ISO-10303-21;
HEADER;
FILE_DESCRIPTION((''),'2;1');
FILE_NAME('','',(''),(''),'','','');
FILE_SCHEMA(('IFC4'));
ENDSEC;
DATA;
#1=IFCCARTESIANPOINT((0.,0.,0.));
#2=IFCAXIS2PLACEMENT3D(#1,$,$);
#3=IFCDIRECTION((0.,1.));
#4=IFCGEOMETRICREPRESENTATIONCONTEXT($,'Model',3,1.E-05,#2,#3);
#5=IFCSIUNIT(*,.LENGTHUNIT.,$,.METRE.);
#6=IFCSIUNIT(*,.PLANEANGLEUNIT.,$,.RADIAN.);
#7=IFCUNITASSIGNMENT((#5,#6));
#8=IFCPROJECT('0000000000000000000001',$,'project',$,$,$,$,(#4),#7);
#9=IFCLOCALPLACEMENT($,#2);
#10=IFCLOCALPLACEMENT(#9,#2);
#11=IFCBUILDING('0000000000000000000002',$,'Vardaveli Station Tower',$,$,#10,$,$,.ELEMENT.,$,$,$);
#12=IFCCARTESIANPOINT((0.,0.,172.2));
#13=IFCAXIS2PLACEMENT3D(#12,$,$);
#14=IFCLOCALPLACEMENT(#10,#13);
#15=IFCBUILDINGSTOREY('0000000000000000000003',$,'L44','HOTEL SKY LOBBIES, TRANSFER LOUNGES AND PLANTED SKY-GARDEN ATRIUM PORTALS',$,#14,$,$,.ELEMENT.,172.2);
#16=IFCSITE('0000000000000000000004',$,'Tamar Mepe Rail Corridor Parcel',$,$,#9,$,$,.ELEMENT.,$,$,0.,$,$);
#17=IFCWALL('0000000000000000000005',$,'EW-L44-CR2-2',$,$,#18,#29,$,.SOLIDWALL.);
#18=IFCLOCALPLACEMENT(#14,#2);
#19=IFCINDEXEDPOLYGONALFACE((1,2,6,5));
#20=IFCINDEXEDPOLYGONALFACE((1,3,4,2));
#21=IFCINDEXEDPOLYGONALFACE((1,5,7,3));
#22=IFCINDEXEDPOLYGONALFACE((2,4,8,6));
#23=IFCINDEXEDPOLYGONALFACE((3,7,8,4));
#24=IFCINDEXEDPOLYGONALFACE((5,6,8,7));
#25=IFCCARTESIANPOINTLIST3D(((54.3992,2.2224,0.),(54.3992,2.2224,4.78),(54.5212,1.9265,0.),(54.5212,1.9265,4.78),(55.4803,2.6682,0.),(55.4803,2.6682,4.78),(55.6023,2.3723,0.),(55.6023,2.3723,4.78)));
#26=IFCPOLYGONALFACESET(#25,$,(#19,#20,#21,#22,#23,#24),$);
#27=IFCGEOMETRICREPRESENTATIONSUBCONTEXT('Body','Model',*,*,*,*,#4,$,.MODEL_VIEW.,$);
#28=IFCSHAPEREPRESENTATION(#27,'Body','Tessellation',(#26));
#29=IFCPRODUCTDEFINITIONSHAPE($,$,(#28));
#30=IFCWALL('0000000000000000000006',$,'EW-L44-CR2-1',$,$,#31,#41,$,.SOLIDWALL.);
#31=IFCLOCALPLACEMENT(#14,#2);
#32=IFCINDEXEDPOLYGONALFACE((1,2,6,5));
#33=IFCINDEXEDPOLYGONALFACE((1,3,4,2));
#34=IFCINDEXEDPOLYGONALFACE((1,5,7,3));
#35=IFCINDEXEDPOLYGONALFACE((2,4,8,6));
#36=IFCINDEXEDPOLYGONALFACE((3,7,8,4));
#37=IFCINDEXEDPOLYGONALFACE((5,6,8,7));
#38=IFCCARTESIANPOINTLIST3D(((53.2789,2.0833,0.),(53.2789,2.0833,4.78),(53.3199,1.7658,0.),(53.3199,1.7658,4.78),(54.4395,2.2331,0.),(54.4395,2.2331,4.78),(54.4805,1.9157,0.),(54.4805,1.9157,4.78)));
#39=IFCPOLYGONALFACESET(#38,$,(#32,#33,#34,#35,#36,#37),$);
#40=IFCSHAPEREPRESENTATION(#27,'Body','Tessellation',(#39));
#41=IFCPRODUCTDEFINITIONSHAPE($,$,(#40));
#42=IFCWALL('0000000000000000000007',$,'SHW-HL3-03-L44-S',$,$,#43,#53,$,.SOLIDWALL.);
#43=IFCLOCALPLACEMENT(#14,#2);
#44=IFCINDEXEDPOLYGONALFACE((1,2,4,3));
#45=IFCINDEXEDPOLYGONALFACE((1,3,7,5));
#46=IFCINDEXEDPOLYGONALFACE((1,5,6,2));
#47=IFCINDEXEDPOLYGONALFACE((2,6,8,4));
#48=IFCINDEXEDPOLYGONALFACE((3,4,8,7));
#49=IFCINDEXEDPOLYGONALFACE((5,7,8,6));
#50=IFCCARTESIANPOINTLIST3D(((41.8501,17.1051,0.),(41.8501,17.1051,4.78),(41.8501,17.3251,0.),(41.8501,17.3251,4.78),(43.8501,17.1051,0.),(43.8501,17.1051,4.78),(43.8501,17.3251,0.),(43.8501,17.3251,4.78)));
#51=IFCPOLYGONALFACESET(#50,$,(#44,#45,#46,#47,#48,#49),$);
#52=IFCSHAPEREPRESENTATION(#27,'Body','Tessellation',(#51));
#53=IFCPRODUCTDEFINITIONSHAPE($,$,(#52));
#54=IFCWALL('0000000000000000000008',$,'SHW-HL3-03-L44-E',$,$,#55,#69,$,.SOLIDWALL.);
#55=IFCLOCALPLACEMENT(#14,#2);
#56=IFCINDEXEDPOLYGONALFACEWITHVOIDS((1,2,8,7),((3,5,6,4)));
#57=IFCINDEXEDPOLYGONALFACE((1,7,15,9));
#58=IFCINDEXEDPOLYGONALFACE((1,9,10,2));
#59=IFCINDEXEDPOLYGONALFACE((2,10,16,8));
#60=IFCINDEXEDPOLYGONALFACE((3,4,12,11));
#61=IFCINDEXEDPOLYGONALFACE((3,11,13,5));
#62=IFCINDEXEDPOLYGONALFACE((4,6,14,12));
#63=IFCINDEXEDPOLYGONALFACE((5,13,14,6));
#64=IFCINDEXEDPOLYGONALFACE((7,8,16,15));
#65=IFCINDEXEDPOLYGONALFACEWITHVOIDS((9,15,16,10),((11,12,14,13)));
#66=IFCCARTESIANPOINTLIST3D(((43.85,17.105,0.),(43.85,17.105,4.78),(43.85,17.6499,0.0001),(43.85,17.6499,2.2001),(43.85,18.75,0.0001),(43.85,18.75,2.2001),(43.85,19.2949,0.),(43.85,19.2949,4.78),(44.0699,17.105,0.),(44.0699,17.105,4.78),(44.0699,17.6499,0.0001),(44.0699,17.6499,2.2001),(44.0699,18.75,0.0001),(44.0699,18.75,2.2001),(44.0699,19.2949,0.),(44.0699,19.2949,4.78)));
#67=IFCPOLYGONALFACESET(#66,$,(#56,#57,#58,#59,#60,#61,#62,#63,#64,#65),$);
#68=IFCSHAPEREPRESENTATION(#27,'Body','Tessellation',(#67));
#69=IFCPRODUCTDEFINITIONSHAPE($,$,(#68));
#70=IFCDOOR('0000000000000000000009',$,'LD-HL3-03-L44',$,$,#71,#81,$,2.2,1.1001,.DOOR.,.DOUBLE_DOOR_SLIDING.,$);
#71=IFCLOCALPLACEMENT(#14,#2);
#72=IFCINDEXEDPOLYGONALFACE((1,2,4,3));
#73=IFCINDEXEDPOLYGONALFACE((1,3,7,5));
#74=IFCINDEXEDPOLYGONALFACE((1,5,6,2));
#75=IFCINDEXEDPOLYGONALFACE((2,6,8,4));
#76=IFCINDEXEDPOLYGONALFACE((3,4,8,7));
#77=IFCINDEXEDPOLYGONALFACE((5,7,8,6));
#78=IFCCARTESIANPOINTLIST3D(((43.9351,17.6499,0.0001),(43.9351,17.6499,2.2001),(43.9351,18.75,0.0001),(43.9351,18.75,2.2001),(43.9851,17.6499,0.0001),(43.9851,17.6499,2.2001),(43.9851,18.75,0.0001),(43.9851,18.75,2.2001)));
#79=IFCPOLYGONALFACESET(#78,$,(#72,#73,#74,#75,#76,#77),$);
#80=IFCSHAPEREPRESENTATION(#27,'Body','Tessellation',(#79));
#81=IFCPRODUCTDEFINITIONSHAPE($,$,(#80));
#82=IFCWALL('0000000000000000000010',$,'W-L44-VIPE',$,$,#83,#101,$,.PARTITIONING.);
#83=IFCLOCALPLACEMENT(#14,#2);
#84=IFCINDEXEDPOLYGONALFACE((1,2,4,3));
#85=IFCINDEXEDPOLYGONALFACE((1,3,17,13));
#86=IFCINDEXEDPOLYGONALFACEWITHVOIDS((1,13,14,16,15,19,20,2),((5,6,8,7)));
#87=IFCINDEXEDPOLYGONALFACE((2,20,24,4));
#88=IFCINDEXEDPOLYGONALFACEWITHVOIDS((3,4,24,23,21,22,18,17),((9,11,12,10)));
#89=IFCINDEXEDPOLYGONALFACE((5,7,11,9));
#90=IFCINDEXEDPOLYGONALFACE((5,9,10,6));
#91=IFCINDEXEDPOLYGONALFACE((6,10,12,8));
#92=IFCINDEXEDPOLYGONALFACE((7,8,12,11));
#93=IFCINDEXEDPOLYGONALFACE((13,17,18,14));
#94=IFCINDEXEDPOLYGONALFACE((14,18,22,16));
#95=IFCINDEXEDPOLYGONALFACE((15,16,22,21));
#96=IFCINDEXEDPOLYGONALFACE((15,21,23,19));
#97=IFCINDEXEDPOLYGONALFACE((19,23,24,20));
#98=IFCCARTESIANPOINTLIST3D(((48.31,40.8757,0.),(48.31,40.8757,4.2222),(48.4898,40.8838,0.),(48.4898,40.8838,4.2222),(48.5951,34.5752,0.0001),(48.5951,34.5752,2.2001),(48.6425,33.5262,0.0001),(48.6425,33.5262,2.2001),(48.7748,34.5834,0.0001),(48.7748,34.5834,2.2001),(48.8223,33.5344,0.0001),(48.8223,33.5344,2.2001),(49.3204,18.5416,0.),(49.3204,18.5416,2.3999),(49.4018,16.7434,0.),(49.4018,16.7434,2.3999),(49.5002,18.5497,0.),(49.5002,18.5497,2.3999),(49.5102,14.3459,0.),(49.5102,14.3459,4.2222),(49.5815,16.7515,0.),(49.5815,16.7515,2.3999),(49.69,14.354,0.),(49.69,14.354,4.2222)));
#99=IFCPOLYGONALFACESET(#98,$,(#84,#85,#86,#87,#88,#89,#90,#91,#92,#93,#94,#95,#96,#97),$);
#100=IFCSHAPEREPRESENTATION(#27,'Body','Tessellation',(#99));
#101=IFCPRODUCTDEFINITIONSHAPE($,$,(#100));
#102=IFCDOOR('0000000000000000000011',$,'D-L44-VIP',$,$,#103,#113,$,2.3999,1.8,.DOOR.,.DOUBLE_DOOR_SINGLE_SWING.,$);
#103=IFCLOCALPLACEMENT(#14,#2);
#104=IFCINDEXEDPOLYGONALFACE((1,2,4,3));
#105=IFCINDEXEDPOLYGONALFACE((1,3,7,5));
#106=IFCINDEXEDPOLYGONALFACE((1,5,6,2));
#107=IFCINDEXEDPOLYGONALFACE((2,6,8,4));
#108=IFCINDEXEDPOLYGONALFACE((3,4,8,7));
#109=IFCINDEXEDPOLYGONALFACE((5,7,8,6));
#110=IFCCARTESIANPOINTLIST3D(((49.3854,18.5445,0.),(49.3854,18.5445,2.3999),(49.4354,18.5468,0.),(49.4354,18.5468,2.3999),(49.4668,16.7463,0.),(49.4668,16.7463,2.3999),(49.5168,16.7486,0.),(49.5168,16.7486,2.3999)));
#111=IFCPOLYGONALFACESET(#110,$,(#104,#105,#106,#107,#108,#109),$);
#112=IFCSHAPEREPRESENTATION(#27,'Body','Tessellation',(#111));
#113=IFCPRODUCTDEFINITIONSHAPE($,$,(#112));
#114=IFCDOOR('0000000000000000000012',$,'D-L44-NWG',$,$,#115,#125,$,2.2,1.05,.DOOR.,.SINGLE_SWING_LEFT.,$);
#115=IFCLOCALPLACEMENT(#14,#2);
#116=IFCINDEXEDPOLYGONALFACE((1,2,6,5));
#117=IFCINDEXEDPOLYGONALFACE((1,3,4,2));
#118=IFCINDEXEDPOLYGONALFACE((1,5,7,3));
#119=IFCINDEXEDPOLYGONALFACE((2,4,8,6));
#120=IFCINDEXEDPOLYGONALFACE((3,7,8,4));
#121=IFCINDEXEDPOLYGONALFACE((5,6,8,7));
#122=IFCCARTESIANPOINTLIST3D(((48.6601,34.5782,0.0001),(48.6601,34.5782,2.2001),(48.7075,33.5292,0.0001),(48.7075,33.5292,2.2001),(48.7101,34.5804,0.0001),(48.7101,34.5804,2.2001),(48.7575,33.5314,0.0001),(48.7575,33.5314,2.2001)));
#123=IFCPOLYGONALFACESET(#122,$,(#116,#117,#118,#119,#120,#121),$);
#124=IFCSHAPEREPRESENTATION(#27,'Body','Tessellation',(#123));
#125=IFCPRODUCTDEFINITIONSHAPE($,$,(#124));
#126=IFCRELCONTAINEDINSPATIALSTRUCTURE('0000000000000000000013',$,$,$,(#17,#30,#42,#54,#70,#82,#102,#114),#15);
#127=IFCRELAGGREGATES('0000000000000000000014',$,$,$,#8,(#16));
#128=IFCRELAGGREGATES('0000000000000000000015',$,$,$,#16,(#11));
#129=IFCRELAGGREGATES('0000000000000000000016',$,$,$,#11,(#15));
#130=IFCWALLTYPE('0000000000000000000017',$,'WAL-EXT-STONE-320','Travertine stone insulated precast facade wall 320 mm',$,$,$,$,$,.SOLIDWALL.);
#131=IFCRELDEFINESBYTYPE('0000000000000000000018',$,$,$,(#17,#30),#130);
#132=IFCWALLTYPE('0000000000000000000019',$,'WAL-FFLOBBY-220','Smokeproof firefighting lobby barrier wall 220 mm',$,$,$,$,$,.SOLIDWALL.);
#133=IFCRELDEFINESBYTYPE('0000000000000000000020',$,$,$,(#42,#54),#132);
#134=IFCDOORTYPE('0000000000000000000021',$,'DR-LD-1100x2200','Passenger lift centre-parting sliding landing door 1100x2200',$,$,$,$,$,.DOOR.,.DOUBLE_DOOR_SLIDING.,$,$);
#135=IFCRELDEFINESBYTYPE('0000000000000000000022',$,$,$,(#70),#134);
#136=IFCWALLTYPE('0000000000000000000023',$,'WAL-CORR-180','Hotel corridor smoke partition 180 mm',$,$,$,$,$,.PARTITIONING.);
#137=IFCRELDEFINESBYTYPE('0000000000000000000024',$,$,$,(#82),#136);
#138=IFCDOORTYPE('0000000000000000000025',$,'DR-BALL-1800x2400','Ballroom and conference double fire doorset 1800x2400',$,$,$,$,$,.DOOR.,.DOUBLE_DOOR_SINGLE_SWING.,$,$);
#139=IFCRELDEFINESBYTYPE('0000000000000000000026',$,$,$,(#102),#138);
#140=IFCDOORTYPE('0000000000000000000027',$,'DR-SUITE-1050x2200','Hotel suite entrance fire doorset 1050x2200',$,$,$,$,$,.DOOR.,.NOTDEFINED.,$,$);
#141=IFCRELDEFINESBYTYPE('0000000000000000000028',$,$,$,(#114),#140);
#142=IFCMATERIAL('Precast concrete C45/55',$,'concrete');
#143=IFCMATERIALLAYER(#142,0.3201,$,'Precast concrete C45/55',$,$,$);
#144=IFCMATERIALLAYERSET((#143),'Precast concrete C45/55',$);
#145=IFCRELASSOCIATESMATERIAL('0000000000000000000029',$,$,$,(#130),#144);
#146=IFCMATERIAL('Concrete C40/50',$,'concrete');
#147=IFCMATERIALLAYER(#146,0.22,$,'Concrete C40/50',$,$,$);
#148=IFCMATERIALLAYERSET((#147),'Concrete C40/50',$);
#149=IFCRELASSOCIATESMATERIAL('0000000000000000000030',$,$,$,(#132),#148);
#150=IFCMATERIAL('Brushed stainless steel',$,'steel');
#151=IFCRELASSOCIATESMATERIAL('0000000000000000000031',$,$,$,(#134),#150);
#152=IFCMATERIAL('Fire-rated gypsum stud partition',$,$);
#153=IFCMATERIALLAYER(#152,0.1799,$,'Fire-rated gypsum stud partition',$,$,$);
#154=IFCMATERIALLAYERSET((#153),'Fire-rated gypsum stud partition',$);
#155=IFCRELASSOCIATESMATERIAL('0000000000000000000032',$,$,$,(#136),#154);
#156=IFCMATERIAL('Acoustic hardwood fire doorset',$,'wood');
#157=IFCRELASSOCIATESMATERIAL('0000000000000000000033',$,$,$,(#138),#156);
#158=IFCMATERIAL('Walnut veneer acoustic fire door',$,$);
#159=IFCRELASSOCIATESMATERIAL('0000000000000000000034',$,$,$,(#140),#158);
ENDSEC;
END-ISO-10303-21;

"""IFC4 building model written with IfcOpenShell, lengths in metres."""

from ifc_helpers import new_model, si_unit, direction, frame, frame_2d, origin, place, context, subcontext, project, spatial, rectangle, extrude, source, transform, mapped, material, layer, layer_set, type_object, element, fill, save


model = new_model("IFC4")

# Units and contexts
model_context = context("Model", 3, precision=1e-05, world=origin(), true_north=direction((0.0, 1.0)))
body_context = subcontext(model_context, "Body", "Model", "MODEL_VIEW")
ifc_project = project(units=[si_unit("LENGTHUNIT", "METRE"), si_unit("PLANEANGLEUNIT", "RADIAN")], contexts=[model_context])

# Site, building, storey
site_placement = place(None, origin())
site = spatial("IfcSite", under=ifc_project, at=site_placement, Name="Tamar Mepe Rail Corridor Parcel", CompositionType="ELEMENT", RefElevation=0.0)
building_placement = place(site_placement, origin())
building = spatial("IfcBuilding", under=site, at=building_placement, Name="Vardaveli Station Tower", CompositionType="ELEMENT")
storey_placement = place(building_placement, frame((0.0, 0.0, 172.2)))
storey = spatial("IfcBuildingStorey", under=building, at=storey_placement, Name="L44", Description="HOTEL SKY LOBBIES, TRANSFER LOUNGES AND PLANTED SKY-GARDEN ATRIUM PORTALS", CompositionType="ELEMENT", Elevation=172.2)

# Shared definitions
ifc_material_1 = material(Name="Precast concrete C45/55", Category="concrete")
ifc_layer_1 = layer(ifc_material_1, 0.3201, Name="Precast concrete C45/55")
ifc_layer_set_1 = layer_set([ifc_layer_1], Name="Precast concrete C45/55")
wall_type_1 = type_object("IfcWallType", Name="WAL-EXT-STONE-320", Description="Travertine stone insulated precast facade wall 320 mm", PredefinedType="SOLIDWALL", material=ifc_layer_set_1)

# Walls
shared_shape_1 = source(origin(), body_context, "Body", "SweptSolid", [
    extrude(rectangle(XDim=1.1694, YDim=0.3201, at=frame_2d((0.5847, 0.0))), origin(), (0.0, 0.0, 1.0), 4.78),
])
wall_1_placement = place(storey_placement, frame((54.4602, 2.0745, 0.0), z_axis=(0.0, 0.0, 1.0), x_axis=(0.924479, 0.381233, 0.0)))
element("IfcWall", 1, at=wall_1_placement, inside=storey, type_object=wall_type_1, Name="EW-L44-CR2-2", PredefinedType="SOLIDWALL", context=body_context, shape_type="MappedRepresentation", body=[
    mapped(shared_shape_1, transform((0.0, 0.0, 0.0), scale=1.0)),
])
shared_shape_2 = source(origin(), body_context, "Body", "SweptSolid", [
    extrude(rectangle(XDim=1.1702, YDim=0.3201, at=frame_2d((0.585, 0.0))), origin(), (0.0, 0.0, 1.0), 4.78),
])
wall_2_placement = place(storey_placement, frame((53.2996, 1.9246, 0.0), z_axis=(0.0, 0.0, 1.0), x_axis=(0.991762, 0.12809, 0.0)))
element("IfcWall", 2, at=wall_2_placement, inside=storey, type_object=wall_type_1, Name="EW-L44-CR2-1", PredefinedType="SOLIDWALL", context=body_context, shape_type="MappedRepresentation", body=[
    mapped(shared_shape_2, transform((0.0, 0.0, 0.0), scale=1.0)),
])
ifc_material_2 = material(Name="Concrete C40/50", Category="concrete")
ifc_layer_2 = layer(ifc_material_2, 0.22, Name="Concrete C40/50")
ifc_layer_set_2 = layer_set([ifc_layer_2], Name="Concrete C40/50")
wall_type_2 = type_object("IfcWallType", Name="WAL-FFLOBBY-220", Description="Smokeproof firefighting lobby barrier wall 220 mm", PredefinedType="SOLIDWALL", material=ifc_layer_set_2)
shared_shape_3 = source(origin(), body_context, "Body", "SweptSolid", [
    extrude(rectangle(XDim=2.0, YDim=0.22, at=frame_2d((1.0, 0.0))), origin(), (0.0, 0.0, 1.0), 4.78),
])
wall_3_placement = place(storey_placement, frame((41.8501, 17.2151, 0.0), z_axis=(0.0, 0.0, 1.0), x_axis=(1.0, 0.0, 0.0)))
element("IfcWall", 3, at=wall_3_placement, inside=storey, type_object=wall_type_2, Name="SHW-HL3-03-L44-S", PredefinedType="SOLIDWALL", context=body_context, shape_type="MappedRepresentation", body=[
    mapped(shared_shape_3, transform((0.0, 0.0, 0.0), scale=1.0)),
])

# Wall, opening, door
shared_shape_4 = source(origin(), body_context, "Body", "SweptSolid", [
    extrude(rectangle(XDim=2.1899, YDim=0.22, at=frame_2d((1.095, 0.0))), origin(), (0.0, 0.0, 1.0), 4.78),
])
wall_4_placement = place(storey_placement, frame((43.96, 17.105, 0.0), z_axis=(0.0, 0.0, 1.0), x_axis=(0.0, 1.0, 0.0)))
wall_4 = element("IfcWall", 4, at=wall_4_placement, inside=storey, type_object=wall_type_2, Name="SHW-HL3-03-L44-E", PredefinedType="SOLIDWALL", context=body_context, shape_type="MappedRepresentation", body=[
    mapped(shared_shape_4, transform((0.0, 0.0, 0.0), scale=1.0)),
])
shared_shape_5 = source(origin(), body_context, "Body", "SweptSolid", [
    extrude(rectangle(XDim=1.1001, YDim=2.2, at=frame_2d((0.55, 1.1001))), frame((0.0, 0.1201, 0.0), z_axis=(0.0, -1.0, 0.0), x_axis=(1.0, 0.0, 0.0)), (0.0, 0.0, 1.0), 0.24),
])
opening_1_placement = place(wall_4_placement, frame((0.5449, 0.0, 0.0)))
opening_1 = element("IfcOpeningElement", 5, at=opening_1_placement, cuts=wall_4, PredefinedType="OPENING", context=body_context, shape_type="MappedRepresentation", body=[
    mapped(shared_shape_5, transform((0.0, 0.0, 0.0), scale=1.0)),
])
ifc_material_3 = material(Name="Brushed stainless steel", Category="steel")
door_type_1 = type_object("IfcDoorType", Name="DR-LD-1100x2200", Description="Passenger lift centre-parting sliding landing door 1100x2200", OperationType="DOUBLE_DOOR_SLIDING", PredefinedType="DOOR", material=ifc_material_3)
shared_shape_6 = source(origin(), body_context, "Body", "SweptSolid", [
    extrude(rectangle(XDim=1.1001, YDim=2.2, at=frame_2d((0.55, 1.1001))), frame((0.0, 0.0249, 0.0), z_axis=(0.0, -1.0, 0.0), x_axis=(1.0, 0.0, 0.0)), (0.0, 0.0, 1.0), 0.05),
])
door_1_placement = place(opening_1_placement, origin())
door_1 = element("IfcDoor", 6, at=door_1_placement, inside=storey, type_object=door_type_1, Name="LD-HL3-03-L44", OperationType="DOUBLE_DOOR_SLIDING", OverallHeight=2.2, OverallWidth=1.1001, PredefinedType="DOOR", context=body_context, shape_type="MappedRepresentation", body=[
    mapped(shared_shape_6, transform((0.0, 0.0, 0.0), scale=1.0)),
])
fill(opening_1, door_1)

# Wall, openings, doors
ifc_material_4 = material(Name="Fire-rated gypsum stud partition")
ifc_layer_3 = layer(ifc_material_4, 0.1799, Name="Fire-rated gypsum stud partition")
ifc_layer_set_3 = layer_set([ifc_layer_3], Name="Fire-rated gypsum stud partition")
wall_type_3 = type_object("IfcWallType", Name="WAL-CORR-180", Description="Hotel corridor smoke partition 180 mm", PredefinedType="PARTITIONING", material=ifc_layer_set_3)
shared_shape_7 = source(origin(), body_context, "Body", "SweptSolid", [
    extrude(rectangle(XDim=26.5569, YDim=0.1799, at=frame_2d((13.2783, 0.0))), origin(), (0.0, 0.0, 1.0), 4.2222),
])
wall_5_placement = place(storey_placement, frame((49.6001, 14.3501, 0.0), z_axis=(0.0, 0.0, 1.0), x_axis=(-0.045193, 0.998978, 0.0)))
wall_5 = element("IfcWall", 7, at=wall_5_placement, inside=storey, type_object=wall_type_3, Name="W-L44-VIPE", PredefinedType="PARTITIONING", context=body_context, shape_type="MappedRepresentation", body=[
    mapped(shared_shape_7, transform((0.0, 0.0, 0.0), scale=1.0)),
])
shared_shape_8 = source(origin(), body_context, "Body", "SweptSolid", [
    extrude(rectangle(XDim=1.8, YDim=2.3999, at=frame_2d((0.8999, 1.2))), frame((0.0, 0.1001, 0.0), z_axis=(0.0, -1.0, 0.0), x_axis=(1.0, 0.0, 0.0)), (0.0, 0.0, 1.0), 0.2),
])
opening_2_placement = place(wall_5_placement, frame((2.3999, 0.0, 0.0)))
opening_2 = element("IfcOpeningElement", 8, at=opening_2_placement, cuts=wall_5, PredefinedType="OPENING", context=body_context, shape_type="MappedRepresentation", body=[
    mapped(shared_shape_8, transform((0.0, 0.0, 0.0), scale=1.0)),
])
shared_shape_9 = source(origin(), body_context, "Body", "SweptSolid", [
    extrude(rectangle(XDim=1.05, YDim=2.2, at=frame_2d((0.5249, 1.1001))), frame((0.0, 0.1001, 0.0), z_axis=(0.0, -1.0, 0.0), x_axis=(1.0, 0.0, 0.0)), (0.0, 0.0, 1.0), 0.2),
])
opening_3_placement = place(wall_5_placement, frame((19.2, 0.0, 0.0)))
opening_3 = element("IfcOpeningElement", 9, at=opening_3_placement, cuts=wall_5, PredefinedType="OPENING", context=body_context, shape_type="MappedRepresentation", body=[
    mapped(shared_shape_9, transform((0.0, 0.0, 0.0), scale=1.0)),
])
ifc_material_5 = material(Name="Acoustic hardwood fire doorset", Category="wood")
door_type_2 = type_object("IfcDoorType", Name="DR-BALL-1800x2400", Description="Ballroom and conference double fire doorset 1800x2400", OperationType="DOUBLE_DOOR_SINGLE_SWING", PredefinedType="DOOR", material=ifc_material_5)
shared_shape_10 = source(origin(), body_context, "Body", "SweptSolid", [
    extrude(rectangle(XDim=1.8, YDim=2.3999, at=frame_2d((0.8999, 1.2))), frame((0.0, 0.0249, 0.0), z_axis=(0.0, -1.0, 0.0), x_axis=(1.0, 0.0, 0.0)), (0.0, 0.0, 1.0), 0.05),
])
door_2_placement = place(opening_2_placement, origin())
door_2 = element("IfcDoor", 10, at=door_2_placement, inside=storey, type_object=door_type_2, Name="D-L44-VIP", OperationType="DOUBLE_DOOR_SINGLE_SWING", OverallHeight=2.3999, OverallWidth=1.8, PredefinedType="DOOR", context=body_context, shape_type="MappedRepresentation", body=[
    mapped(shared_shape_10, transform((0.0, 0.0, 0.0), scale=1.0)),
])
fill(opening_2, door_2)
ifc_material_6 = material(Name="Walnut veneer acoustic fire door")
door_type_3 = type_object("IfcDoorType", Name="DR-SUITE-1050x2200", Description="Hotel suite entrance fire doorset 1050x2200", OperationType="NOTDEFINED", PredefinedType="DOOR", material=ifc_material_6)
shared_shape_11 = source(origin(), body_context, "Body", "SweptSolid", [
    extrude(rectangle(XDim=1.05, YDim=2.2, at=frame_2d((0.5249, 1.1001))), frame((0.0, 0.0249, 0.0), z_axis=(0.0, -1.0, 0.0), x_axis=(1.0, 0.0, 0.0)), (0.0, 0.0, 1.0), 0.05),
])
door_3_placement = place(opening_3_placement, origin())
door_3 = element("IfcDoor", 11, at=door_3_placement, inside=storey, type_object=door_type_3, Name="D-L44-NWG", OperationType="SINGLE_SWING_LEFT", OverallHeight=2.2, OverallWidth=1.05, PredefinedType="DOOR", context=body_context, shape_type="MappedRepresentation", body=[
    mapped(shared_shape_11, transform((0.0, 0.0, 0.0), scale=1.0)),
])
fill(opening_3, door_3)

save(model, "model.ifc")
